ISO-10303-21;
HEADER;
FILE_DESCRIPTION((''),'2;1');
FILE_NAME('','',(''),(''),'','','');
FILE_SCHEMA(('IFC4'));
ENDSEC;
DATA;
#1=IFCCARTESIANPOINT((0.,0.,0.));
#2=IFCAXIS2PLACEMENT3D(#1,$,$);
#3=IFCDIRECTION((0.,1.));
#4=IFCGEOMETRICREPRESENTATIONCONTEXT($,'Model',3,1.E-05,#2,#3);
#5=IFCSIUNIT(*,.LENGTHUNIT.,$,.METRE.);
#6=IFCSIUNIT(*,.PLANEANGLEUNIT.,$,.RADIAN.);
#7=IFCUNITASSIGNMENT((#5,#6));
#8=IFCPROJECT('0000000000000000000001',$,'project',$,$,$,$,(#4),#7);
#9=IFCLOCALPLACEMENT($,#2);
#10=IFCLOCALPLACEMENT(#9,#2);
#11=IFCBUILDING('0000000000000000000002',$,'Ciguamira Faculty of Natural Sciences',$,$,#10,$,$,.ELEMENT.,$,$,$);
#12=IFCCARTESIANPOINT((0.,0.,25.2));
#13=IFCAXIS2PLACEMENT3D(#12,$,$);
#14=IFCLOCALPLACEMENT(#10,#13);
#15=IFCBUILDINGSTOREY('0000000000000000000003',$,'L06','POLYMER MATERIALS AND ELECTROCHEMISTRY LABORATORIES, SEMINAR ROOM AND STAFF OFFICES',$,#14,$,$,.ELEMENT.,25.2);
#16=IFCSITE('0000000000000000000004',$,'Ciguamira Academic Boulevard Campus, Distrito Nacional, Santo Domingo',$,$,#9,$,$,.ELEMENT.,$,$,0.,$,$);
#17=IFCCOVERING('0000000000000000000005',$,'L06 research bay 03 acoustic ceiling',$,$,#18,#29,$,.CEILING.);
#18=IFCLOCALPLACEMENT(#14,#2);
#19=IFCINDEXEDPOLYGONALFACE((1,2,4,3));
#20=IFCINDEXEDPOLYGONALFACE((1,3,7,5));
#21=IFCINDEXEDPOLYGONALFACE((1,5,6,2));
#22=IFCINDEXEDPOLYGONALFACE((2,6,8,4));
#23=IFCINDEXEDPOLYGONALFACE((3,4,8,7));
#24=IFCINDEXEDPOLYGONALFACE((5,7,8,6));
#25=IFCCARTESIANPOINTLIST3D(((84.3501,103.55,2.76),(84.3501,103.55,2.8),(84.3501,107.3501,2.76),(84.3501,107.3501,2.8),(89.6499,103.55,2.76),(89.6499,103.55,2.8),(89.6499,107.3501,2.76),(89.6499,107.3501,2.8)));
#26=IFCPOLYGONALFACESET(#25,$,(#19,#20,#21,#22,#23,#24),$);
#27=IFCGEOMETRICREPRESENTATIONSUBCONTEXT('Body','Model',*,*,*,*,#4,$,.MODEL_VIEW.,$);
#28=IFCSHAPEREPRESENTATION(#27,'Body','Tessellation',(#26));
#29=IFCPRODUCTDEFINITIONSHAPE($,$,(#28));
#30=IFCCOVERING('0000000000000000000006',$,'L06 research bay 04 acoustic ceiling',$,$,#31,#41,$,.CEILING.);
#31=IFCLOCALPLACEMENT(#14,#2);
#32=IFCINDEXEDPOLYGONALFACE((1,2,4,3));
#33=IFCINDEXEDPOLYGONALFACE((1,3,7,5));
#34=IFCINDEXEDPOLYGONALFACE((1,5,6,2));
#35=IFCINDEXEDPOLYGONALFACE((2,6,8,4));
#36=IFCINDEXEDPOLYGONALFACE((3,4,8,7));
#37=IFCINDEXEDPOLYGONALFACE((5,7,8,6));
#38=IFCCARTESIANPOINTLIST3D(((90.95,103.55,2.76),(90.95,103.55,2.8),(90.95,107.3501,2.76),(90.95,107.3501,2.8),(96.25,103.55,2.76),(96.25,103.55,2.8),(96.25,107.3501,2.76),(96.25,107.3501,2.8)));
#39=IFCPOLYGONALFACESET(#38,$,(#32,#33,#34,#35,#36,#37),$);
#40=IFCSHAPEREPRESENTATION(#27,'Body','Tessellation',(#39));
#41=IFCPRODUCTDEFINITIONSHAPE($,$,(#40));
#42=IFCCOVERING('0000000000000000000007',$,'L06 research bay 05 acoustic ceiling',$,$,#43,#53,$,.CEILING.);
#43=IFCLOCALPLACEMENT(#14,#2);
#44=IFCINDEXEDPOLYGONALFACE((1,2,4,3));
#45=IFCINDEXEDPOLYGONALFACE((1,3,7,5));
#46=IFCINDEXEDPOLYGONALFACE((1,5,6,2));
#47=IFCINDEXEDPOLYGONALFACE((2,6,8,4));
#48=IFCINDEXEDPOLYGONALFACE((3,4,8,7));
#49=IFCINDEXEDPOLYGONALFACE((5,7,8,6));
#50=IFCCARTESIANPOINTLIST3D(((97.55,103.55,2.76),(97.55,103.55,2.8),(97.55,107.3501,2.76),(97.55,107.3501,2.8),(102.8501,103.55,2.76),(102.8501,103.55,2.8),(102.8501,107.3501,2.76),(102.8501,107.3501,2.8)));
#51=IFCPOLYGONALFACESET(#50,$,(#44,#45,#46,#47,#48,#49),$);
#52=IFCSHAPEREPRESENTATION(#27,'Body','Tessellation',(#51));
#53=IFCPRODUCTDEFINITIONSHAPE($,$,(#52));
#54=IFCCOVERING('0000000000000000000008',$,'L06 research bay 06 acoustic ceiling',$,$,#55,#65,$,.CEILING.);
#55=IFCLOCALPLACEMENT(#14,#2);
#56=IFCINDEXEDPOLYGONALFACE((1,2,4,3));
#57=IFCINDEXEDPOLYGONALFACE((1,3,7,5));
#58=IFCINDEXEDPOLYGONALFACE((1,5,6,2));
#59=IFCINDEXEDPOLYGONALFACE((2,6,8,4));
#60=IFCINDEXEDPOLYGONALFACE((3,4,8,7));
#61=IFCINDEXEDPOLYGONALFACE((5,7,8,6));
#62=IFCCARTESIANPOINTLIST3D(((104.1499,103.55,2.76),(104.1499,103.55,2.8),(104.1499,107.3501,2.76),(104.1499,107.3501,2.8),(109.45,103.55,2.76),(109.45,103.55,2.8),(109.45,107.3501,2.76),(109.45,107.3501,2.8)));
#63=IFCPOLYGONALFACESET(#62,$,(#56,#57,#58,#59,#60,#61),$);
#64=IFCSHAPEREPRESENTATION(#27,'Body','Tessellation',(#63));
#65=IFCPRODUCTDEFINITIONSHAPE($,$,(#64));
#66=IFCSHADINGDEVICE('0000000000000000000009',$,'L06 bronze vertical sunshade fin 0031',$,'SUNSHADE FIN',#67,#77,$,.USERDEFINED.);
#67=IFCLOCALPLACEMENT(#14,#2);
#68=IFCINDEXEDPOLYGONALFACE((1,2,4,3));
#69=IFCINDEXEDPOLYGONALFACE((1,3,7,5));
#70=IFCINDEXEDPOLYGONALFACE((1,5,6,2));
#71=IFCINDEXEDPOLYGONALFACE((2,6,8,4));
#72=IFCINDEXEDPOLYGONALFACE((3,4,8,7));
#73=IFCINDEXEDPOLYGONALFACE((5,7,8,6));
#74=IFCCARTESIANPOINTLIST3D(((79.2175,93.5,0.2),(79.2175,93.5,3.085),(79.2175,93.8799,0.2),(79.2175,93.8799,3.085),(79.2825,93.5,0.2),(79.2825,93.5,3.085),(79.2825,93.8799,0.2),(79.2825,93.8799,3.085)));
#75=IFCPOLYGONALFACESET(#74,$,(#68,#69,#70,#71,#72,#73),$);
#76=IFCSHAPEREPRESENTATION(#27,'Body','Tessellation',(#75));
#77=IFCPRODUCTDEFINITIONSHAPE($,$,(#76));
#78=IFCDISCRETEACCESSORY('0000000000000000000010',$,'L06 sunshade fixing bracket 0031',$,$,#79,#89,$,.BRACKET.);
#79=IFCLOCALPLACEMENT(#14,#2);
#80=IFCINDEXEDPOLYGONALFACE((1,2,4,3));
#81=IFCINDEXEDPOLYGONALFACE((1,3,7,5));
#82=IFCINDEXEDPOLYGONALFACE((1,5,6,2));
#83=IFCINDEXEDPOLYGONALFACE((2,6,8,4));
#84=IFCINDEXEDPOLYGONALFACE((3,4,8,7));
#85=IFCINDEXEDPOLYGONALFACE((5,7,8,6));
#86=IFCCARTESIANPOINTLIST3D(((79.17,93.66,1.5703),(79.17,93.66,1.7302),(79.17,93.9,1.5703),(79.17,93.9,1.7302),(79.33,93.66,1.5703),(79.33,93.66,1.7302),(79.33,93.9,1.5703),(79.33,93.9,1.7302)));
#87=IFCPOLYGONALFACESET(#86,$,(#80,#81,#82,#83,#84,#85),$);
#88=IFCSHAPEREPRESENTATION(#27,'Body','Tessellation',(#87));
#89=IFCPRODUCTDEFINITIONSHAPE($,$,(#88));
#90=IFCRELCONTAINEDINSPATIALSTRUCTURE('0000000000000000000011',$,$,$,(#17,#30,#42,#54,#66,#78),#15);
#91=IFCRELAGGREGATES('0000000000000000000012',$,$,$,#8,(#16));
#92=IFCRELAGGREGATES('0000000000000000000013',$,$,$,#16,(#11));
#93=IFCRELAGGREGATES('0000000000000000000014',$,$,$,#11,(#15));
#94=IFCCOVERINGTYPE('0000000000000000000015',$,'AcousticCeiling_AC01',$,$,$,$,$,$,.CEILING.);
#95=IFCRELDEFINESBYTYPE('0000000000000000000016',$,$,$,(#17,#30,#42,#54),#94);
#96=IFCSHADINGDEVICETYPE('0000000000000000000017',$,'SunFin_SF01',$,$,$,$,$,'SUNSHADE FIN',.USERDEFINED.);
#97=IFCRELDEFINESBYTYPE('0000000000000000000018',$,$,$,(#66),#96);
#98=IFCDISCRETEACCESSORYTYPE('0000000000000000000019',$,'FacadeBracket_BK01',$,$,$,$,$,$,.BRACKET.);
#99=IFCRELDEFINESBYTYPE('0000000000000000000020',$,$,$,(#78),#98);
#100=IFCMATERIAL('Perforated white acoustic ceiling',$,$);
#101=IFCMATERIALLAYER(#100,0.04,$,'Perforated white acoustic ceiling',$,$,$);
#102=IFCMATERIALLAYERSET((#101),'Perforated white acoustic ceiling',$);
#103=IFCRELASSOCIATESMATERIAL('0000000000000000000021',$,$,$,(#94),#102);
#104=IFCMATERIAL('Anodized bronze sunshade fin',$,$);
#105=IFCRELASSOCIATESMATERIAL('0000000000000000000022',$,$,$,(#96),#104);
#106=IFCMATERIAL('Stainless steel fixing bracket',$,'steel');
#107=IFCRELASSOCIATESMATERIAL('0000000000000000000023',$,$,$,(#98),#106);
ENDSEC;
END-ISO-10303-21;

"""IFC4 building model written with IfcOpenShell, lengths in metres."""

from ifc_helpers import new_model, si_unit, direction, frame, origin, origin_2d, place, context, subcontext, project, spatial, polyline, rectangle, outline, extrude, material, layer, layer_set, material_profile, profile_set, type_object, element, save


model = new_model("IFC4")

# Units and contexts
model_context = context("Model", 3, precision=1e-05, world=origin(), true_north=direction((0.0, 1.0)))
body_context = subcontext(model_context, "Body", "Model", "MODEL_VIEW")
ifc_project = project(units=[si_unit("LENGTHUNIT", "METRE"), si_unit("PLANEANGLEUNIT", "RADIAN")], contexts=[model_context])

# Site, building, storey
site_placement = place(None, origin())
site = spatial("IfcSite", under=ifc_project, at=site_placement, Name="Ciguamira Academic Boulevard Campus, Distrito Nacional, Santo Domingo", CompositionType="ELEMENT", RefElevation=0.0)
building_placement = place(site_placement, origin())
building = spatial("IfcBuilding", under=site, at=building_placement, Name="Ciguamira Faculty of Natural Sciences", CompositionType="ELEMENT")
storey_placement = place(building_placement, frame((0.0, 0.0, 25.2)))
storey = spatial("IfcBuildingStorey", under=building, at=storey_placement, Name="L06", Description="POLYMER MATERIALS AND ELECTROCHEMISTRY LABORATORIES, SEMINAR ROOM AND STAFF OFFICES", CompositionType="ELEMENT", Elevation=25.2)

# Coverings
ifc_material_1 = material(Name="Perforated white acoustic ceiling")
ifc_layer_1 = layer(ifc_material_1, 0.04, Name="Perforated white acoustic ceiling")
ifc_layer_set_1 = layer_set([ifc_layer_1], Name="Perforated white acoustic ceiling")
covering_type = type_object("IfcCoveringType", Name="AcousticCeiling_AC01", PredefinedType="CEILING", material=ifc_layer_set_1)
covering_1_placement = place(storey_placement, frame((0.0, 0.0, 2.76)))
element("IfcCovering", 1, at=covering_1_placement, inside=storey, type_object=covering_type, Name="L06 research bay 03 acoustic ceiling", PredefinedType="CEILING", context=body_context, shape_type="SweptSolid", body=[
    extrude(outline(polyline([(84.3501, 103.55), (89.6499, 103.55), (89.6499, 107.3501), (84.3501, 107.3501), (84.3501, 103.55)])), origin(), (0.0, 0.0, 1.0), 0.04),
])
covering_2_placement = place(storey_placement, frame((0.0, 0.0, 2.76)))
element("IfcCovering", 2, at=covering_2_placement, inside=storey, type_object=covering_type, Name="L06 research bay 04 acoustic ceiling", PredefinedType="CEILING", context=body_context, shape_type="SweptSolid", body=[
    extrude(outline(polyline([(90.95, 103.55), (96.25, 103.55), (96.25, 107.3501), (90.95, 107.3501), (90.95, 103.55)])), origin(), (0.0, 0.0, 1.0), 0.04),
])
covering_3_placement = place(storey_placement, frame((0.0, 0.0, 2.76)))
element("IfcCovering", 3, at=covering_3_placement, inside=storey, type_object=covering_type, Name="L06 research bay 05 acoustic ceiling", PredefinedType="CEILING", context=body_context, shape_type="SweptSolid", body=[
    extrude(outline(polyline([(97.55, 103.55), (102.8501, 103.55), (102.8501, 107.3501), (97.55, 107.3501), (97.55, 103.55)])), origin(), (0.0, 0.0, 1.0), 0.04),
])
covering_4_placement = place(storey_placement, frame((0.0, 0.0, 2.76)))
element("IfcCovering", 4, at=covering_4_placement, inside=storey, type_object=covering_type, Name="L06 research bay 06 acoustic ceiling", PredefinedType="CEILING", context=body_context, shape_type="SweptSolid", body=[
    extrude(outline(polyline([(104.1499, 103.55), (109.45, 103.55), (109.45, 107.3501), (104.1499, 107.3501), (104.1499, 103.55)])), origin(), (0.0, 0.0, 1.0), 0.04),
])

# Shading device
ifc_material_2 = material(Name="Anodized bronze sunshade fin")
ifc_material_profile_1 = material_profile(ifc_material_2, rectangle(XDim=0.0649, YDim=0.3799, at=origin_2d()), Name="BRZ-FIN-65X380")
ifc_profile_set_1 = profile_set([ifc_material_profile_1], Name="Anodized bronze sunshade fin")
shading_device_type = type_object("IfcShadingDeviceType", Name="SunFin_SF01", ElementType="SUNSHADE FIN", PredefinedType="USERDEFINED", material=ifc_profile_set_1)
shading_device_placement = place(storey_placement, frame((79.25, 93.6899, 0.2), z_axis=(0.0, 0.0, 1.0), x_axis=(1.0, 0.0, 0.0)))
element("IfcShadingDevice", 5, at=shading_device_placement, inside=storey, type_object=shading_device_type, Name="L06 bronze vertical sunshade fin 0031", ObjectType="SUNSHADE FIN", PredefinedType="USERDEFINED", context=body_context, shape_type="SweptSolid", body=[
    extrude(rectangle(XDim=0.0649, YDim=0.3799, at=origin_2d()), origin(), (0.0, 0.0, 1.0), 2.885),
])

# Discrete accessory
ifc_material_3 = material(Name="Stainless steel fixing bracket", Category="steel")
discrete_accessory_type = type_object("IfcDiscreteAccessoryType", Name="FacadeBracket_BK01", PredefinedType="BRACKET", material=ifc_material_3)
discrete_accessory_placement = place(storey_placement, frame((79.25, 93.78, 1.5703), z_axis=(0.0, 0.0, 1.0), x_axis=(1.0, 0.0, 0.0)))
element("IfcDiscreteAccessory", 6, at=discrete_accessory_placement, inside=storey, type_object=discrete_accessory_type, Name="L06 sunshade fixing bracket 0031", PredefinedType="BRACKET", context=body_context, shape_type="SweptSolid", body=[
    extrude(rectangle(XDim=0.1599, YDim=0.24, at=origin_2d()), origin(), (0.0, 0.0, 1.0), 0.1599),
])

save(model, "model.ifc")
